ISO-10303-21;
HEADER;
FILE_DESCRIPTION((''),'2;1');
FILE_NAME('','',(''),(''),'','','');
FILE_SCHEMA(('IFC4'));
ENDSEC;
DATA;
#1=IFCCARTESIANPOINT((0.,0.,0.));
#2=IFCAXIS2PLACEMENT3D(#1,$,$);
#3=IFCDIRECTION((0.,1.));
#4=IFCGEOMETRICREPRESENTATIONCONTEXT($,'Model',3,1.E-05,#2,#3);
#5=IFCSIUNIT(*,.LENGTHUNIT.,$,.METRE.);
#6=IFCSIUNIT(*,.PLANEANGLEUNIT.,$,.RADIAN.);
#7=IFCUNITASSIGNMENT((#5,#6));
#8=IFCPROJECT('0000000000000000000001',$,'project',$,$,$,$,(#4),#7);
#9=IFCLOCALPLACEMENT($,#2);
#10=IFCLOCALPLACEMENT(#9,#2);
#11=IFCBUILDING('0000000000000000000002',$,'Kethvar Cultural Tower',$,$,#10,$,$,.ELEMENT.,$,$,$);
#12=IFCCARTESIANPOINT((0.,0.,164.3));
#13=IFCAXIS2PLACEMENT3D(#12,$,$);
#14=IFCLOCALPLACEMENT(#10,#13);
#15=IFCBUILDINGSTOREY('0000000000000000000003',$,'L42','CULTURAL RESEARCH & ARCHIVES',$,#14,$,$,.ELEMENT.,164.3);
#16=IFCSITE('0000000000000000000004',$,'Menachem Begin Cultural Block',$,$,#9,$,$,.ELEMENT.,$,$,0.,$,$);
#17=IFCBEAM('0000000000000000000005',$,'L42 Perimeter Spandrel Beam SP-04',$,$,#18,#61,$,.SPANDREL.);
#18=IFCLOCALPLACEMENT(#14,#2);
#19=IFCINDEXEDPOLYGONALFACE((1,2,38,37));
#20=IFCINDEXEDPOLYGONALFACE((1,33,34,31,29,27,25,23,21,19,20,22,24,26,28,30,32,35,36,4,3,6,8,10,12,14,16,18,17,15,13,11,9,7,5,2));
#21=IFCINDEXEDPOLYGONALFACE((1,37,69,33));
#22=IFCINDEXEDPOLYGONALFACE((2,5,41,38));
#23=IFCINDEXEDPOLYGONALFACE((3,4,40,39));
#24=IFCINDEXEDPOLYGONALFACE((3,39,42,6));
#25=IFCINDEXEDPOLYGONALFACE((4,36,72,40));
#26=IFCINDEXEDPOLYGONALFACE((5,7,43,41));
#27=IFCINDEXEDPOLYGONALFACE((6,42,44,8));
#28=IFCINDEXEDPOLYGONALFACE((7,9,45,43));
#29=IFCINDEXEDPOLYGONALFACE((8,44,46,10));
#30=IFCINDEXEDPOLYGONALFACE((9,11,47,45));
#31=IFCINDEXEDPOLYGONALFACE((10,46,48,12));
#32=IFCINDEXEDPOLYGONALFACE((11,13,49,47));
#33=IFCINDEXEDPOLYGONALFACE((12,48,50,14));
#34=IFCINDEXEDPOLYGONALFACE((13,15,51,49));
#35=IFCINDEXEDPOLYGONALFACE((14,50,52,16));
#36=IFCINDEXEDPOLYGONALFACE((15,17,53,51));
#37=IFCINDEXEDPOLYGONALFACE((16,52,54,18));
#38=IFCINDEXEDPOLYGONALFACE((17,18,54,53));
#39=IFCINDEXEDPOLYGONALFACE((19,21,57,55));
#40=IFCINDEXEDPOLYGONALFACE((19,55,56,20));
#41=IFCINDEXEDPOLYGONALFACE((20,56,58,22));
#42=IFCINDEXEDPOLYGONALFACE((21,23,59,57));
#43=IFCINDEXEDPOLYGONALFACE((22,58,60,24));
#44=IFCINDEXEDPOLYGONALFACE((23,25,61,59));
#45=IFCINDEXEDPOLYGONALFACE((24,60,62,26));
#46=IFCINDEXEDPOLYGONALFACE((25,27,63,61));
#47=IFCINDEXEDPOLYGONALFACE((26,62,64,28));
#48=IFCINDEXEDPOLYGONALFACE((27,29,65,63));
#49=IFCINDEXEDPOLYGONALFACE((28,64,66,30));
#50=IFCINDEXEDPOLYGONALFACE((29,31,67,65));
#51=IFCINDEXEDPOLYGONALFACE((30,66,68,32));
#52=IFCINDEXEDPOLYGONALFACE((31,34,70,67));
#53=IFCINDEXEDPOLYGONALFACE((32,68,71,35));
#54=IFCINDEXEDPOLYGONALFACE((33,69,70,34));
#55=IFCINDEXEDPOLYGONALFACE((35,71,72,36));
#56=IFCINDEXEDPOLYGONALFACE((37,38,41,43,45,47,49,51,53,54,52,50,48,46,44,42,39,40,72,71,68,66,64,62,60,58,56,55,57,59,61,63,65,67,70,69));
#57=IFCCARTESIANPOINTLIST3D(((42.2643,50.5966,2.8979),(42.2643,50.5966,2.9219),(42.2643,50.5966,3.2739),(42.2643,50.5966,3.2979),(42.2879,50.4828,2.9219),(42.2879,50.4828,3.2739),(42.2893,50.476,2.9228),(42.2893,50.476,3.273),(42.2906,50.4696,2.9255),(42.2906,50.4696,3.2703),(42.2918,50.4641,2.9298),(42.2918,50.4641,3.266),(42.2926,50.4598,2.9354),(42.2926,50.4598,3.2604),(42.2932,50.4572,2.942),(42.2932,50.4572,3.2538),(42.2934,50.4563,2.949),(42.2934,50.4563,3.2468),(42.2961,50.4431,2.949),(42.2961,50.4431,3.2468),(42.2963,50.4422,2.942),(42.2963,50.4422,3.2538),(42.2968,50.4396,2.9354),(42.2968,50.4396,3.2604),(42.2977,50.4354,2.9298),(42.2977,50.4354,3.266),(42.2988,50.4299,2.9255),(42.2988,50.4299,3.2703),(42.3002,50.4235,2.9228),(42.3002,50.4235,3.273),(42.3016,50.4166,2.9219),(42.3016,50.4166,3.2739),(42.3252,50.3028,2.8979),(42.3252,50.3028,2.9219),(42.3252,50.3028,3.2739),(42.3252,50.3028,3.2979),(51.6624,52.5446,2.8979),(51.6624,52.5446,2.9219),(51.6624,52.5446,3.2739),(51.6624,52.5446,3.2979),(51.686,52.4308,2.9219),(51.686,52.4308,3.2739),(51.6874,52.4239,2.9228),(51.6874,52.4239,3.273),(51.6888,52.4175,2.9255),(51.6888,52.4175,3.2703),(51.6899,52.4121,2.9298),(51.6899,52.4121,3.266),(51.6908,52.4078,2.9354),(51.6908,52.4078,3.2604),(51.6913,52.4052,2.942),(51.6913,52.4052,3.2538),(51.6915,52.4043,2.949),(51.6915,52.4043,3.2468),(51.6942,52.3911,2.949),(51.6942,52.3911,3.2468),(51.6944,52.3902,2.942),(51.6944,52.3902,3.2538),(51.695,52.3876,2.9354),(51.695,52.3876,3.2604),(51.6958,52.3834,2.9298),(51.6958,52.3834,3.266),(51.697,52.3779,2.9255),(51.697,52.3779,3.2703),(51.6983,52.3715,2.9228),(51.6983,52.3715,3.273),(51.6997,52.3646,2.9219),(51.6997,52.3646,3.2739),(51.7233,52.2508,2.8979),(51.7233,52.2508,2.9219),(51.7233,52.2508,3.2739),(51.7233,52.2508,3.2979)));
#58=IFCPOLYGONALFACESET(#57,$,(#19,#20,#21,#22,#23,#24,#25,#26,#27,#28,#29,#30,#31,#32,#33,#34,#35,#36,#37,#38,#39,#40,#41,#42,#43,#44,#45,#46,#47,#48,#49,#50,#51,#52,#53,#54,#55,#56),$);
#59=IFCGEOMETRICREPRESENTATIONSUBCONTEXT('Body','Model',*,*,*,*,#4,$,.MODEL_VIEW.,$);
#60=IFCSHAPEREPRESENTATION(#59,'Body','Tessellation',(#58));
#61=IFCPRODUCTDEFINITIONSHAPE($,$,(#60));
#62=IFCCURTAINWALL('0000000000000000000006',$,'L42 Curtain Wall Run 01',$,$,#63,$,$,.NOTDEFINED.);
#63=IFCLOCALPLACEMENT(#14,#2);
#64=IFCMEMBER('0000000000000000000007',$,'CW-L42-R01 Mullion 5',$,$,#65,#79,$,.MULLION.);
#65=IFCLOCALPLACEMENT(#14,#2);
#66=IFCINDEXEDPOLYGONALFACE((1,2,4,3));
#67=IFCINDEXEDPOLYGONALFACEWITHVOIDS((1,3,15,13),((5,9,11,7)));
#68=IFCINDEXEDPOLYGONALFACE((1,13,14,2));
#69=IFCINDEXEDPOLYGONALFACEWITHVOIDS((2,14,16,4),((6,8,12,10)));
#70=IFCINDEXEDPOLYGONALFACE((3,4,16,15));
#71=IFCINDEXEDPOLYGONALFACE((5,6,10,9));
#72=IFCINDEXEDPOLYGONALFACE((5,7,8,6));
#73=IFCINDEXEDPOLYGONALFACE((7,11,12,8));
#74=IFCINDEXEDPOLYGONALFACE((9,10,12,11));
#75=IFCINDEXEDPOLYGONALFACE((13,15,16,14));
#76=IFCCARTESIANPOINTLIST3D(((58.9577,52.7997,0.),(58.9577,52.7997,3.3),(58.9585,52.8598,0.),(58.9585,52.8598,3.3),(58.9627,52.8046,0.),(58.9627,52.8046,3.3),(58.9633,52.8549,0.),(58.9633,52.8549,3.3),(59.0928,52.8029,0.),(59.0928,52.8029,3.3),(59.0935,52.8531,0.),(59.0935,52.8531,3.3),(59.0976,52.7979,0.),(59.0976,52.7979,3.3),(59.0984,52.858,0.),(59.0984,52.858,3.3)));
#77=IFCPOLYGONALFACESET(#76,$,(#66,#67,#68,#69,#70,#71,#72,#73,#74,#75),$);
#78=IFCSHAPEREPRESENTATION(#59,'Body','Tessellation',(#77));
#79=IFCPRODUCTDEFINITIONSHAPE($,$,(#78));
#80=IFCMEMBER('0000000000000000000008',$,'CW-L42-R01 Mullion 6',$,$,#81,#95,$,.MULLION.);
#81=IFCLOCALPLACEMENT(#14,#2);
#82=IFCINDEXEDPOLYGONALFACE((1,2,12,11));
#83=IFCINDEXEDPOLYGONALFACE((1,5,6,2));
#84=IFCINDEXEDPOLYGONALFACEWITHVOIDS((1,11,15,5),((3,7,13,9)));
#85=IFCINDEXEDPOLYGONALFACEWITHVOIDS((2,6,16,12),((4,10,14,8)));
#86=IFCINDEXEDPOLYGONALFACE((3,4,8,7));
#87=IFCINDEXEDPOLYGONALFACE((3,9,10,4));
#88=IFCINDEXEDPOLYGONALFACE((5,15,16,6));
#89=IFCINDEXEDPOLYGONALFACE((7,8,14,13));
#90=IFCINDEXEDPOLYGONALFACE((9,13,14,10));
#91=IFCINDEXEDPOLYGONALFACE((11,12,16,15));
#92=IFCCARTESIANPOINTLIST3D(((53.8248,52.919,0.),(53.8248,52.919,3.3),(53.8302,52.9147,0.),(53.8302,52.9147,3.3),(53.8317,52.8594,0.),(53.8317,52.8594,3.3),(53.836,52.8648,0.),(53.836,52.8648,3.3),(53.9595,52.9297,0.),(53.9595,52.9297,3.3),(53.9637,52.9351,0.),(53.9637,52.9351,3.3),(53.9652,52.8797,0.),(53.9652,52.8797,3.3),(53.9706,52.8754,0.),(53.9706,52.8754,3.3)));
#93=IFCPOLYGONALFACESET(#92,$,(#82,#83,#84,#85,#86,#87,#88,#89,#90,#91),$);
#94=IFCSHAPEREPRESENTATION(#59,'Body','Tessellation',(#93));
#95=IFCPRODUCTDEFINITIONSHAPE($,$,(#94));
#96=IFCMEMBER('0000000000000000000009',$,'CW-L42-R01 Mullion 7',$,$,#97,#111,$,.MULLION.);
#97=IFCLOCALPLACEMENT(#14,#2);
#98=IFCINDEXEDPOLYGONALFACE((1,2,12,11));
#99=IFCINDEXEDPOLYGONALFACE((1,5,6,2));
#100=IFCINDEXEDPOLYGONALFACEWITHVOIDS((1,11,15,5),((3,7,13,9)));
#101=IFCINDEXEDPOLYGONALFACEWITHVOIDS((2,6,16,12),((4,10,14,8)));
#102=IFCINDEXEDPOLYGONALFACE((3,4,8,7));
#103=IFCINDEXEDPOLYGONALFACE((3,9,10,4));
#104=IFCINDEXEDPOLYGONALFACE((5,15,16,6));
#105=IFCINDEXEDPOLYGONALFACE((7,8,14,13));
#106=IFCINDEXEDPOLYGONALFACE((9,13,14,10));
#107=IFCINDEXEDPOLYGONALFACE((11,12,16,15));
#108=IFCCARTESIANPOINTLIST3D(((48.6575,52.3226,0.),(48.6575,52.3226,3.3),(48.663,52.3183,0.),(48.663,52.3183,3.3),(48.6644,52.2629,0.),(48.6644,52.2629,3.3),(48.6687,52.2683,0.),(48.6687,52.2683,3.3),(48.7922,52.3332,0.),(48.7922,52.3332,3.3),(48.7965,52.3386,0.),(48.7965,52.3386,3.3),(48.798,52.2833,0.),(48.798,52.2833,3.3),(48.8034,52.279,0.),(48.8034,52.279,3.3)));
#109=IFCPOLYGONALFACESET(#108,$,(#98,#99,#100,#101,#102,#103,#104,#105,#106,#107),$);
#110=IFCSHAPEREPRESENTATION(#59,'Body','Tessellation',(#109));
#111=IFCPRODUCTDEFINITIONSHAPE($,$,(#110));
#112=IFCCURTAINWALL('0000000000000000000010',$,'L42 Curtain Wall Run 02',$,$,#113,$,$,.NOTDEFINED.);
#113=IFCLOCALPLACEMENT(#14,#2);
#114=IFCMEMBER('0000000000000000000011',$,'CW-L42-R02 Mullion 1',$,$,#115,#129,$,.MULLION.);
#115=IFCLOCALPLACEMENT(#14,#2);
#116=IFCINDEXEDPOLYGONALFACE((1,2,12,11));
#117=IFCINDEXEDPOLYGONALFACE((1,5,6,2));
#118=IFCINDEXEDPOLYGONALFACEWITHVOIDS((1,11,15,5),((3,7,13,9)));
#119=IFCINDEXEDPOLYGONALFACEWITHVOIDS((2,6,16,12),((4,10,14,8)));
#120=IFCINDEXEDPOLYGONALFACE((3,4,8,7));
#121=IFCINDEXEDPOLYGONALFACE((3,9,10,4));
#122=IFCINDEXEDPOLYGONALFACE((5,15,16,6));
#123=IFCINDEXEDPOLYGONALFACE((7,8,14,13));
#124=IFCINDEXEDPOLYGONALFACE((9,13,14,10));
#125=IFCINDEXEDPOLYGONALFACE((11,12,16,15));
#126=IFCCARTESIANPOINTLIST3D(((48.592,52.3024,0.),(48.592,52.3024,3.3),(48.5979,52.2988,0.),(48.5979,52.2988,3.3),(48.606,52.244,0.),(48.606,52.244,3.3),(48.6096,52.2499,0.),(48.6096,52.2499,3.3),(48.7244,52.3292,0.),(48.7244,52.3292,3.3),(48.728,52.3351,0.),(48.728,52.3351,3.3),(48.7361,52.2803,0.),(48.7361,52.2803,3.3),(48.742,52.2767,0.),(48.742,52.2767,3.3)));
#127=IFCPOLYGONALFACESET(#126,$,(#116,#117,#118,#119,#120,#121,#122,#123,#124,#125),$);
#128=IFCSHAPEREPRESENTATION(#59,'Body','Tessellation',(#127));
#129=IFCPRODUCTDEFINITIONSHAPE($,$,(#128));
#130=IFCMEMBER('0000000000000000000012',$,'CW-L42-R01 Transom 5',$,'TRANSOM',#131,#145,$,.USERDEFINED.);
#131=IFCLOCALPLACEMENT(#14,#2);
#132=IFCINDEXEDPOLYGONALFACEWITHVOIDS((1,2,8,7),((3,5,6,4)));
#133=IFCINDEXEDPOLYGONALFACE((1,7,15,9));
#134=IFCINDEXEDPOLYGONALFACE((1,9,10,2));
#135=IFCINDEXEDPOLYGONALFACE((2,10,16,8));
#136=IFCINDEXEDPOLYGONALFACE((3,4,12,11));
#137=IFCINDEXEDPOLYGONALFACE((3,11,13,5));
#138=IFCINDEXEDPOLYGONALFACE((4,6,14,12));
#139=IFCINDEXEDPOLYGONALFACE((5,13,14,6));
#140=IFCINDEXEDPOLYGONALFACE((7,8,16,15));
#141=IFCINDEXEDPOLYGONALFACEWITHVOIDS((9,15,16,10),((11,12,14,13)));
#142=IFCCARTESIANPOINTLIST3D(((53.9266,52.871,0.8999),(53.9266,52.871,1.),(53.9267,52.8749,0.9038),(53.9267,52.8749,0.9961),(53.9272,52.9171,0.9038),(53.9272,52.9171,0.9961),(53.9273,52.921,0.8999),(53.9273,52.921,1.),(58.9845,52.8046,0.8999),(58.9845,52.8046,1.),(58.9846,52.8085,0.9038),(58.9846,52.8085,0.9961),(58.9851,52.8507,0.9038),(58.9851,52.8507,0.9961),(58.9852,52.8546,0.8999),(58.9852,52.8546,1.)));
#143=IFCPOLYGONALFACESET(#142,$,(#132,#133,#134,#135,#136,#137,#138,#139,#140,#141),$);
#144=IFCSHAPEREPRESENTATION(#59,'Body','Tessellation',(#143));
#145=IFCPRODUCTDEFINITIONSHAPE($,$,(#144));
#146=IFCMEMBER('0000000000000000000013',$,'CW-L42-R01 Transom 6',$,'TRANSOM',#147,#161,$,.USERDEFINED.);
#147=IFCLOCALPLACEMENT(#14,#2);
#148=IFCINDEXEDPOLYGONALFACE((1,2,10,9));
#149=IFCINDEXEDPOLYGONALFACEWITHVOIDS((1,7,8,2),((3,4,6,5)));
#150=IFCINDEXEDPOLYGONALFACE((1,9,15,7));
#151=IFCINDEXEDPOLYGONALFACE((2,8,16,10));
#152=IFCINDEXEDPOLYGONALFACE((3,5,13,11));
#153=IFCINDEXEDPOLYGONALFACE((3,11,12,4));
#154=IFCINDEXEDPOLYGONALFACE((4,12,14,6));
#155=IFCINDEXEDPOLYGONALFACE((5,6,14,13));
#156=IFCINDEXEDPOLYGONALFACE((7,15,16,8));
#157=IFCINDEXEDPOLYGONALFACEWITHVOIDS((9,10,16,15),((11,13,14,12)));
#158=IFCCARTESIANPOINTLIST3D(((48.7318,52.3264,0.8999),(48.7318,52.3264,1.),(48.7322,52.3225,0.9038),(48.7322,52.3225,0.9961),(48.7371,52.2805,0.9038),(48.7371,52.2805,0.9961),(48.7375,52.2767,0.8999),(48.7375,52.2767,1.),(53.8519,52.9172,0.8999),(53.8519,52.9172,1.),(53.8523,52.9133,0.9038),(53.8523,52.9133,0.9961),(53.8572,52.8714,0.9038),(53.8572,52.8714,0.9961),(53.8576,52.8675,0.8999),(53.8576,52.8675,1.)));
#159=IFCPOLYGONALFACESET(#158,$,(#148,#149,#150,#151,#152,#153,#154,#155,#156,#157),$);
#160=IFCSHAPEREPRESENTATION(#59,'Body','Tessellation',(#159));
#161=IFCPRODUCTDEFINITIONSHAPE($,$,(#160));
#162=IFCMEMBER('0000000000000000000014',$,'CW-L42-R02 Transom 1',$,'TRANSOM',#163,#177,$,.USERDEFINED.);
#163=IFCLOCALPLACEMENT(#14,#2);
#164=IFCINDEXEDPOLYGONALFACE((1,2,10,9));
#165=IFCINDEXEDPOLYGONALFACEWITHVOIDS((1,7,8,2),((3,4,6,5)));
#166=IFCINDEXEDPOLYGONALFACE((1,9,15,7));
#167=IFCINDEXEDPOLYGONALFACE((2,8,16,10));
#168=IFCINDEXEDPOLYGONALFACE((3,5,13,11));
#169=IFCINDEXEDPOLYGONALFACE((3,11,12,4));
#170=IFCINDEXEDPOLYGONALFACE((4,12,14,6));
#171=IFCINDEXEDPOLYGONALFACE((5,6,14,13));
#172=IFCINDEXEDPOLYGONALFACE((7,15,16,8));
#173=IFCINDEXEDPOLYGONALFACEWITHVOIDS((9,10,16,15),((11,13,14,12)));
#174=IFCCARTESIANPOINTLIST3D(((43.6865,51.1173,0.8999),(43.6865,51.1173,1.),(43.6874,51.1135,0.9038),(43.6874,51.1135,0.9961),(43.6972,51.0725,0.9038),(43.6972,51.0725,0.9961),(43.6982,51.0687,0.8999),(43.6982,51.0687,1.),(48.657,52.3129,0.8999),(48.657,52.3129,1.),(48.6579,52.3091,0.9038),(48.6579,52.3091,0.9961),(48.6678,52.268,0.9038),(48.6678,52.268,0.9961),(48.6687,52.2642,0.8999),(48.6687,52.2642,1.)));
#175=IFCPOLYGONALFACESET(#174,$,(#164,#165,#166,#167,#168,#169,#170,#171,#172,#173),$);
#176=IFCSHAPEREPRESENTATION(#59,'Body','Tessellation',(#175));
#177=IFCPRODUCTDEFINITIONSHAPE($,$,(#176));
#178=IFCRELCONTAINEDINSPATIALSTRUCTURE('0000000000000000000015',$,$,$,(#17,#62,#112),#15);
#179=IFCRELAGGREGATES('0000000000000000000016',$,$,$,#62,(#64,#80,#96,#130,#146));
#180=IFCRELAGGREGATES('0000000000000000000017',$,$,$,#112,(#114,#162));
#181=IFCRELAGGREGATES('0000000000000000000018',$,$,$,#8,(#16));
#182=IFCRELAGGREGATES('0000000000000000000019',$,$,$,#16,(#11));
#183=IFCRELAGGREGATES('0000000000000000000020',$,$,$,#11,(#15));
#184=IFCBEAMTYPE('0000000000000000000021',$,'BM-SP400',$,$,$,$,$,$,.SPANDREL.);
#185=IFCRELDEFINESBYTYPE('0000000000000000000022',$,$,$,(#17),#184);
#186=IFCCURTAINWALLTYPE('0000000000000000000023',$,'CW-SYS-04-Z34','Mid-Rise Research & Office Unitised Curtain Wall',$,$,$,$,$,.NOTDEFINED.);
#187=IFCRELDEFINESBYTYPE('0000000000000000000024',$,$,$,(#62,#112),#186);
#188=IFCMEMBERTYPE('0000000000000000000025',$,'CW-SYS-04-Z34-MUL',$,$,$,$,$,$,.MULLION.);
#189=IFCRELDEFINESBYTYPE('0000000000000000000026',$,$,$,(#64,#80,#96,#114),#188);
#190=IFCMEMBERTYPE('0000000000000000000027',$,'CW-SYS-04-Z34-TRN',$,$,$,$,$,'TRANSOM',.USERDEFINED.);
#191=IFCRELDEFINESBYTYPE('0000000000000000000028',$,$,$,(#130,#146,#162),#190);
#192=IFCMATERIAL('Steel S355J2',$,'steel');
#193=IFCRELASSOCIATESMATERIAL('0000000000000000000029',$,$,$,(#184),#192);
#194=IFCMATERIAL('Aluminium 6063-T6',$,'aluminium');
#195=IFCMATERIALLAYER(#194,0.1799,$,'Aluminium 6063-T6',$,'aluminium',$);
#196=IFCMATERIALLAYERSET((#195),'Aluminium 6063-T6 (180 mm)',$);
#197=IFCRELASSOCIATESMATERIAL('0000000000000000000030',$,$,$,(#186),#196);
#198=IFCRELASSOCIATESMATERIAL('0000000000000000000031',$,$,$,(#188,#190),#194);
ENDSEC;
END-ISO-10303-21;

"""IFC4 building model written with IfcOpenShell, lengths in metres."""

from ifc_helpers import new_model, si_unit, direction, frame, origin, origin_2d, place, context, subcontext, project, spatial, hollow_rectangle, i_section, extrude, source, transform, mapped, material, layer, layer_set, material_profile, profile_set, type_object, element, aggregate, save


model = new_model("IFC4")

# Units and contexts
model_context = context("Model", 3, precision=1e-05, world=origin(), true_north=direction((0.0, 1.0)))
body_context = subcontext(model_context, "Body", "Model", "MODEL_VIEW")
ifc_project = project(units=[si_unit("LENGTHUNIT", "METRE"), si_unit("PLANEANGLEUNIT", "RADIAN")], contexts=[model_context])

# Site, building, storey
site_placement = place(None, origin())
site = spatial("IfcSite", under=ifc_project, at=site_placement, Name="Menachem Begin Cultural Block", CompositionType="ELEMENT", RefElevation=0.0)
building_placement = place(site_placement, origin())
building = spatial("IfcBuilding", under=site, at=building_placement, Name="Kethvar Cultural Tower", CompositionType="ELEMENT")
storey_placement = place(building_placement, frame((0.0, 0.0, 164.3)))
storey = spatial("IfcBuildingStorey", under=building, at=storey_placement, Name="L42", Description="CULTURAL RESEARCH & ARCHIVES", CompositionType="ELEMENT", Elevation=164.3)

# Beam
ifc_material_1 = material(Name="Steel S355J2", Category="steel")
ifc_material_profile_1 = material_profile(ifc_material_1, i_section(OverallWidth=0.3, OverallDepth=0.3999, WebThickness=0.0134, FlangeThickness=0.0239, FilletRadius=0.0271, at=origin_2d()), Name="Steel S355J2 — HEB400")
ifc_profile_set_1 = profile_set([ifc_material_profile_1], Name="Steel S355J2 — HEB400")
beam_type_1 = type_object("IfcBeamType", Name="BM-SP400", PredefinedType="SPANDREL", material=ifc_profile_set_1)
shared_shape_1 = source(origin(), body_context, "Body", "SweptSolid", [
    extrude(i_section(OverallWidth=0.3, OverallDepth=0.3999, WebThickness=0.0134, FlangeThickness=0.0239, FilletRadius=0.0271, at=origin_2d()), origin(), (0.0, 0.0, 1.0), 9.5979),
])
beam_1_placement = place(storey_placement, frame((51.6929, 52.3977, 3.0979), z_axis=(-0.979187, -0.20296, 0.0), x_axis=(0.20296, -0.979187, 0.0)))
element("IfcBeam", 1, at=beam_1_placement, inside=storey, type_object=beam_type_1, Name="L42 Perimeter Spandrel Beam SP-04", PredefinedType="SPANDREL", context=body_context, shape_type="MappedRepresentation", body=[
    mapped(shared_shape_1, transform((0.0, 0.0, 0.0), scale=1.0)),
])

# Curtain wall, members
ifc_material_2 = material(Name="Aluminium 6063-T6", Category="aluminium")
ifc_layer_1 = layer(ifc_material_2, 0.1799, Name="Aluminium 6063-T6", Category="aluminium")
ifc_layer_set_1 = layer_set([ifc_layer_1], Name="Aluminium 6063-T6 (180 mm)")
curtain_wall_type = type_object("IfcCurtainWallType", Name="CW-SYS-04-Z34", Description="Mid-Rise Research & Office Unitised Curtain Wall", PredefinedType="NOTDEFINED", material=ifc_layer_set_1)
curtain_wall_1_placement = place(storey_placement, origin())
curtain_wall_1 = element("IfcCurtainWall", 2, at=curtain_wall_1_placement, inside=storey, type_object=curtain_wall_type, Name="L42 Curtain Wall Run 01", PredefinedType="NOTDEFINED")
ifc_material_profile_2 = material_profile(ifc_material_2, hollow_rectangle(XDim=0.0601, YDim=0.1399, WallThickness=0.0049, at=origin_2d()), Name="Aluminium 6063-T6 — RHS140x60x5")
ifc_profile_set_2 = profile_set([ifc_material_profile_2], Name="Aluminium 6063-T6 — RHS140x60x5")
member_type_1 = type_object("IfcMemberType", Name="CW-SYS-04-Z34-MUL", PredefinedType="MULLION", material=ifc_profile_set_2)
shared_shape_2 = source(origin(), body_context, "Body", "SweptSolid", [
    extrude(hollow_rectangle(XDim=0.0601, YDim=0.1399, WallThickness=0.0049, at=origin_2d()), origin(), (0.0, 0.0, 1.0), 3.3),
])
member_1_placement = place(storey_placement, frame((59.0281, 52.8289, 0.0), z_axis=(0.0, 0.0, 1.0), x_axis=(-0.013142, -0.999914, 0.0)))
member_1 = element("IfcMember", 3, at=member_1_placement, type_object=member_type_1, Name="CW-L42-R01 Mullion 5", PredefinedType="MULLION", context=body_context, shape_type="MappedRepresentation", body=[
    mapped(shared_shape_2, transform((0.0, 0.0, 0.0), scale=1.0)),
])
member_2_placement = place(storey_placement, frame((53.8977, 52.8972, 0.0), z_axis=(0.0, 0.0, 1.0), x_axis=(0.114642, -0.993407, 0.0)))
member_2 = element("IfcMember", 4, at=member_2_placement, type_object=member_type_1, Name="CW-L42-R01 Mullion 6", PredefinedType="MULLION", context=body_context, shape_type="MappedRepresentation", body=[
    mapped(shared_shape_2, transform((0.0, 0.0, 0.0), scale=1.0)),
])
member_3_placement = place(storey_placement, frame((48.7305, 52.3008, 0.0), z_axis=(0.0, 0.0, 1.0), x_axis=(0.114642, -0.993407, 0.0)))
member_3 = element("IfcMember", 5, at=member_3_placement, type_object=member_type_1, Name="CW-L42-R01 Mullion 7", PredefinedType="MULLION", context=body_context, shape_type="MappedRepresentation", body=[
    mapped(shared_shape_2, transform((0.0, 0.0, 0.0), scale=1.0)),
])

# Curtain wall, member
curtain_wall_2_placement = place(storey_placement, origin())
curtain_wall_2 = element("IfcCurtainWall", 6, at=curtain_wall_2_placement, inside=storey, type_object=curtain_wall_type, Name="L42 Curtain Wall Run 02", PredefinedType="NOTDEFINED")
member_4_placement = place(storey_placement, frame((48.667, 52.2896, 0.0), z_axis=(0.0, 0.0, 1.0), x_axis=(0.233921, -0.972256, 0.0)))
member_4 = element("IfcMember", 7, at=member_4_placement, type_object=member_type_1, Name="CW-L42-R02 Mullion 1", PredefinedType="MULLION", context=body_context, shape_type="MappedRepresentation", body=[
    mapped(shared_shape_2, transform((0.0, 0.0, 0.0), scale=1.0)),
])

# Members
ifc_material_profile_3 = material_profile(ifc_material_2, hollow_rectangle(XDim=0.05, YDim=0.1001, WallThickness=0.0039, at=origin_2d()), Name="Aluminium 6063-T6 — RHS100x50x4")
ifc_profile_set_3 = profile_set([ifc_material_profile_3], Name="Aluminium 6063-T6 — RHS100x50x4")
member_type_2 = type_object("IfcMemberType", Name="CW-SYS-04-Z34-TRN", ElementType="TRANSOM", PredefinedType="USERDEFINED", material=ifc_profile_set_3)
shared_shape_3 = source(origin(), body_context, "Body", "SweptSolid", [
    extrude(hollow_rectangle(XDim=0.05, YDim=0.1001, WallThickness=0.0039, at=origin_2d()), origin(), (0.0, 0.0, 1.0), 5.0583),
])
member_5_placement = place(storey_placement, frame((58.9849, 52.8296, 0.95), z_axis=(-0.999914, 0.013128, 0.0), x_axis=(-0.013128, -0.999914, 0.0)))
member_5 = element("IfcMember", 8, at=member_5_placement, type_object=member_type_2, Name="CW-L42-R01 Transom 5", ObjectType="TRANSOM", PredefinedType="USERDEFINED", context=body_context, shape_type="MappedRepresentation", body=[
    mapped(shared_shape_3, transform((0.0, 0.0, 0.0), scale=1.0)),
])
shared_shape_4 = source(origin(), body_context, "Body", "SweptSolid", [
    extrude(hollow_rectangle(XDim=0.05, YDim=0.1001, WallThickness=0.0039, at=origin_2d()), origin(), (0.0, 0.0, 1.0), 5.1541),
])
member_6_placement = place(storey_placement, frame((53.8547, 52.8923, 0.95), z_axis=(-0.993408, -0.114631, 0.0), x_axis=(0.114631, -0.993408, 0.0)))
member_6 = element("IfcMember", 9, at=member_6_placement, type_object=member_type_2, Name="CW-L42-R01 Transom 6", ObjectType="TRANSOM", PredefinedType="USERDEFINED", context=body_context, shape_type="MappedRepresentation", body=[
    mapped(shared_shape_4, transform((0.0, 0.0, 0.0), scale=1.0)),
])
shared_shape_5 = source(origin(), body_context, "Body", "SweptSolid", [
    extrude(hollow_rectangle(XDim=0.05, YDim=0.1001, WallThickness=0.0039, at=origin_2d()), origin(), (0.0, 0.0, 1.0), 5.1123),
])
member_7_placement = place(storey_placement, frame((48.6628, 52.2886, 0.95), z_axis=(-0.97227, -0.233862, 0.0), x_axis=(0.233862, -0.97227, 0.0)))
member_7 = element("IfcMember", 10, at=member_7_placement, type_object=member_type_2, Name="CW-L42-R02 Transom 1", ObjectType="TRANSOM", PredefinedType="USERDEFINED", context=body_context, shape_type="MappedRepresentation", body=[
    mapped(shared_shape_5, transform((0.0, 0.0, 0.0), scale=1.0)),
])

aggregate(curtain_wall_1, [member_1, member_2, member_3, member_5, member_6])
aggregate(curtain_wall_2, [member_4, member_7])

save(model, "model.ifc")
